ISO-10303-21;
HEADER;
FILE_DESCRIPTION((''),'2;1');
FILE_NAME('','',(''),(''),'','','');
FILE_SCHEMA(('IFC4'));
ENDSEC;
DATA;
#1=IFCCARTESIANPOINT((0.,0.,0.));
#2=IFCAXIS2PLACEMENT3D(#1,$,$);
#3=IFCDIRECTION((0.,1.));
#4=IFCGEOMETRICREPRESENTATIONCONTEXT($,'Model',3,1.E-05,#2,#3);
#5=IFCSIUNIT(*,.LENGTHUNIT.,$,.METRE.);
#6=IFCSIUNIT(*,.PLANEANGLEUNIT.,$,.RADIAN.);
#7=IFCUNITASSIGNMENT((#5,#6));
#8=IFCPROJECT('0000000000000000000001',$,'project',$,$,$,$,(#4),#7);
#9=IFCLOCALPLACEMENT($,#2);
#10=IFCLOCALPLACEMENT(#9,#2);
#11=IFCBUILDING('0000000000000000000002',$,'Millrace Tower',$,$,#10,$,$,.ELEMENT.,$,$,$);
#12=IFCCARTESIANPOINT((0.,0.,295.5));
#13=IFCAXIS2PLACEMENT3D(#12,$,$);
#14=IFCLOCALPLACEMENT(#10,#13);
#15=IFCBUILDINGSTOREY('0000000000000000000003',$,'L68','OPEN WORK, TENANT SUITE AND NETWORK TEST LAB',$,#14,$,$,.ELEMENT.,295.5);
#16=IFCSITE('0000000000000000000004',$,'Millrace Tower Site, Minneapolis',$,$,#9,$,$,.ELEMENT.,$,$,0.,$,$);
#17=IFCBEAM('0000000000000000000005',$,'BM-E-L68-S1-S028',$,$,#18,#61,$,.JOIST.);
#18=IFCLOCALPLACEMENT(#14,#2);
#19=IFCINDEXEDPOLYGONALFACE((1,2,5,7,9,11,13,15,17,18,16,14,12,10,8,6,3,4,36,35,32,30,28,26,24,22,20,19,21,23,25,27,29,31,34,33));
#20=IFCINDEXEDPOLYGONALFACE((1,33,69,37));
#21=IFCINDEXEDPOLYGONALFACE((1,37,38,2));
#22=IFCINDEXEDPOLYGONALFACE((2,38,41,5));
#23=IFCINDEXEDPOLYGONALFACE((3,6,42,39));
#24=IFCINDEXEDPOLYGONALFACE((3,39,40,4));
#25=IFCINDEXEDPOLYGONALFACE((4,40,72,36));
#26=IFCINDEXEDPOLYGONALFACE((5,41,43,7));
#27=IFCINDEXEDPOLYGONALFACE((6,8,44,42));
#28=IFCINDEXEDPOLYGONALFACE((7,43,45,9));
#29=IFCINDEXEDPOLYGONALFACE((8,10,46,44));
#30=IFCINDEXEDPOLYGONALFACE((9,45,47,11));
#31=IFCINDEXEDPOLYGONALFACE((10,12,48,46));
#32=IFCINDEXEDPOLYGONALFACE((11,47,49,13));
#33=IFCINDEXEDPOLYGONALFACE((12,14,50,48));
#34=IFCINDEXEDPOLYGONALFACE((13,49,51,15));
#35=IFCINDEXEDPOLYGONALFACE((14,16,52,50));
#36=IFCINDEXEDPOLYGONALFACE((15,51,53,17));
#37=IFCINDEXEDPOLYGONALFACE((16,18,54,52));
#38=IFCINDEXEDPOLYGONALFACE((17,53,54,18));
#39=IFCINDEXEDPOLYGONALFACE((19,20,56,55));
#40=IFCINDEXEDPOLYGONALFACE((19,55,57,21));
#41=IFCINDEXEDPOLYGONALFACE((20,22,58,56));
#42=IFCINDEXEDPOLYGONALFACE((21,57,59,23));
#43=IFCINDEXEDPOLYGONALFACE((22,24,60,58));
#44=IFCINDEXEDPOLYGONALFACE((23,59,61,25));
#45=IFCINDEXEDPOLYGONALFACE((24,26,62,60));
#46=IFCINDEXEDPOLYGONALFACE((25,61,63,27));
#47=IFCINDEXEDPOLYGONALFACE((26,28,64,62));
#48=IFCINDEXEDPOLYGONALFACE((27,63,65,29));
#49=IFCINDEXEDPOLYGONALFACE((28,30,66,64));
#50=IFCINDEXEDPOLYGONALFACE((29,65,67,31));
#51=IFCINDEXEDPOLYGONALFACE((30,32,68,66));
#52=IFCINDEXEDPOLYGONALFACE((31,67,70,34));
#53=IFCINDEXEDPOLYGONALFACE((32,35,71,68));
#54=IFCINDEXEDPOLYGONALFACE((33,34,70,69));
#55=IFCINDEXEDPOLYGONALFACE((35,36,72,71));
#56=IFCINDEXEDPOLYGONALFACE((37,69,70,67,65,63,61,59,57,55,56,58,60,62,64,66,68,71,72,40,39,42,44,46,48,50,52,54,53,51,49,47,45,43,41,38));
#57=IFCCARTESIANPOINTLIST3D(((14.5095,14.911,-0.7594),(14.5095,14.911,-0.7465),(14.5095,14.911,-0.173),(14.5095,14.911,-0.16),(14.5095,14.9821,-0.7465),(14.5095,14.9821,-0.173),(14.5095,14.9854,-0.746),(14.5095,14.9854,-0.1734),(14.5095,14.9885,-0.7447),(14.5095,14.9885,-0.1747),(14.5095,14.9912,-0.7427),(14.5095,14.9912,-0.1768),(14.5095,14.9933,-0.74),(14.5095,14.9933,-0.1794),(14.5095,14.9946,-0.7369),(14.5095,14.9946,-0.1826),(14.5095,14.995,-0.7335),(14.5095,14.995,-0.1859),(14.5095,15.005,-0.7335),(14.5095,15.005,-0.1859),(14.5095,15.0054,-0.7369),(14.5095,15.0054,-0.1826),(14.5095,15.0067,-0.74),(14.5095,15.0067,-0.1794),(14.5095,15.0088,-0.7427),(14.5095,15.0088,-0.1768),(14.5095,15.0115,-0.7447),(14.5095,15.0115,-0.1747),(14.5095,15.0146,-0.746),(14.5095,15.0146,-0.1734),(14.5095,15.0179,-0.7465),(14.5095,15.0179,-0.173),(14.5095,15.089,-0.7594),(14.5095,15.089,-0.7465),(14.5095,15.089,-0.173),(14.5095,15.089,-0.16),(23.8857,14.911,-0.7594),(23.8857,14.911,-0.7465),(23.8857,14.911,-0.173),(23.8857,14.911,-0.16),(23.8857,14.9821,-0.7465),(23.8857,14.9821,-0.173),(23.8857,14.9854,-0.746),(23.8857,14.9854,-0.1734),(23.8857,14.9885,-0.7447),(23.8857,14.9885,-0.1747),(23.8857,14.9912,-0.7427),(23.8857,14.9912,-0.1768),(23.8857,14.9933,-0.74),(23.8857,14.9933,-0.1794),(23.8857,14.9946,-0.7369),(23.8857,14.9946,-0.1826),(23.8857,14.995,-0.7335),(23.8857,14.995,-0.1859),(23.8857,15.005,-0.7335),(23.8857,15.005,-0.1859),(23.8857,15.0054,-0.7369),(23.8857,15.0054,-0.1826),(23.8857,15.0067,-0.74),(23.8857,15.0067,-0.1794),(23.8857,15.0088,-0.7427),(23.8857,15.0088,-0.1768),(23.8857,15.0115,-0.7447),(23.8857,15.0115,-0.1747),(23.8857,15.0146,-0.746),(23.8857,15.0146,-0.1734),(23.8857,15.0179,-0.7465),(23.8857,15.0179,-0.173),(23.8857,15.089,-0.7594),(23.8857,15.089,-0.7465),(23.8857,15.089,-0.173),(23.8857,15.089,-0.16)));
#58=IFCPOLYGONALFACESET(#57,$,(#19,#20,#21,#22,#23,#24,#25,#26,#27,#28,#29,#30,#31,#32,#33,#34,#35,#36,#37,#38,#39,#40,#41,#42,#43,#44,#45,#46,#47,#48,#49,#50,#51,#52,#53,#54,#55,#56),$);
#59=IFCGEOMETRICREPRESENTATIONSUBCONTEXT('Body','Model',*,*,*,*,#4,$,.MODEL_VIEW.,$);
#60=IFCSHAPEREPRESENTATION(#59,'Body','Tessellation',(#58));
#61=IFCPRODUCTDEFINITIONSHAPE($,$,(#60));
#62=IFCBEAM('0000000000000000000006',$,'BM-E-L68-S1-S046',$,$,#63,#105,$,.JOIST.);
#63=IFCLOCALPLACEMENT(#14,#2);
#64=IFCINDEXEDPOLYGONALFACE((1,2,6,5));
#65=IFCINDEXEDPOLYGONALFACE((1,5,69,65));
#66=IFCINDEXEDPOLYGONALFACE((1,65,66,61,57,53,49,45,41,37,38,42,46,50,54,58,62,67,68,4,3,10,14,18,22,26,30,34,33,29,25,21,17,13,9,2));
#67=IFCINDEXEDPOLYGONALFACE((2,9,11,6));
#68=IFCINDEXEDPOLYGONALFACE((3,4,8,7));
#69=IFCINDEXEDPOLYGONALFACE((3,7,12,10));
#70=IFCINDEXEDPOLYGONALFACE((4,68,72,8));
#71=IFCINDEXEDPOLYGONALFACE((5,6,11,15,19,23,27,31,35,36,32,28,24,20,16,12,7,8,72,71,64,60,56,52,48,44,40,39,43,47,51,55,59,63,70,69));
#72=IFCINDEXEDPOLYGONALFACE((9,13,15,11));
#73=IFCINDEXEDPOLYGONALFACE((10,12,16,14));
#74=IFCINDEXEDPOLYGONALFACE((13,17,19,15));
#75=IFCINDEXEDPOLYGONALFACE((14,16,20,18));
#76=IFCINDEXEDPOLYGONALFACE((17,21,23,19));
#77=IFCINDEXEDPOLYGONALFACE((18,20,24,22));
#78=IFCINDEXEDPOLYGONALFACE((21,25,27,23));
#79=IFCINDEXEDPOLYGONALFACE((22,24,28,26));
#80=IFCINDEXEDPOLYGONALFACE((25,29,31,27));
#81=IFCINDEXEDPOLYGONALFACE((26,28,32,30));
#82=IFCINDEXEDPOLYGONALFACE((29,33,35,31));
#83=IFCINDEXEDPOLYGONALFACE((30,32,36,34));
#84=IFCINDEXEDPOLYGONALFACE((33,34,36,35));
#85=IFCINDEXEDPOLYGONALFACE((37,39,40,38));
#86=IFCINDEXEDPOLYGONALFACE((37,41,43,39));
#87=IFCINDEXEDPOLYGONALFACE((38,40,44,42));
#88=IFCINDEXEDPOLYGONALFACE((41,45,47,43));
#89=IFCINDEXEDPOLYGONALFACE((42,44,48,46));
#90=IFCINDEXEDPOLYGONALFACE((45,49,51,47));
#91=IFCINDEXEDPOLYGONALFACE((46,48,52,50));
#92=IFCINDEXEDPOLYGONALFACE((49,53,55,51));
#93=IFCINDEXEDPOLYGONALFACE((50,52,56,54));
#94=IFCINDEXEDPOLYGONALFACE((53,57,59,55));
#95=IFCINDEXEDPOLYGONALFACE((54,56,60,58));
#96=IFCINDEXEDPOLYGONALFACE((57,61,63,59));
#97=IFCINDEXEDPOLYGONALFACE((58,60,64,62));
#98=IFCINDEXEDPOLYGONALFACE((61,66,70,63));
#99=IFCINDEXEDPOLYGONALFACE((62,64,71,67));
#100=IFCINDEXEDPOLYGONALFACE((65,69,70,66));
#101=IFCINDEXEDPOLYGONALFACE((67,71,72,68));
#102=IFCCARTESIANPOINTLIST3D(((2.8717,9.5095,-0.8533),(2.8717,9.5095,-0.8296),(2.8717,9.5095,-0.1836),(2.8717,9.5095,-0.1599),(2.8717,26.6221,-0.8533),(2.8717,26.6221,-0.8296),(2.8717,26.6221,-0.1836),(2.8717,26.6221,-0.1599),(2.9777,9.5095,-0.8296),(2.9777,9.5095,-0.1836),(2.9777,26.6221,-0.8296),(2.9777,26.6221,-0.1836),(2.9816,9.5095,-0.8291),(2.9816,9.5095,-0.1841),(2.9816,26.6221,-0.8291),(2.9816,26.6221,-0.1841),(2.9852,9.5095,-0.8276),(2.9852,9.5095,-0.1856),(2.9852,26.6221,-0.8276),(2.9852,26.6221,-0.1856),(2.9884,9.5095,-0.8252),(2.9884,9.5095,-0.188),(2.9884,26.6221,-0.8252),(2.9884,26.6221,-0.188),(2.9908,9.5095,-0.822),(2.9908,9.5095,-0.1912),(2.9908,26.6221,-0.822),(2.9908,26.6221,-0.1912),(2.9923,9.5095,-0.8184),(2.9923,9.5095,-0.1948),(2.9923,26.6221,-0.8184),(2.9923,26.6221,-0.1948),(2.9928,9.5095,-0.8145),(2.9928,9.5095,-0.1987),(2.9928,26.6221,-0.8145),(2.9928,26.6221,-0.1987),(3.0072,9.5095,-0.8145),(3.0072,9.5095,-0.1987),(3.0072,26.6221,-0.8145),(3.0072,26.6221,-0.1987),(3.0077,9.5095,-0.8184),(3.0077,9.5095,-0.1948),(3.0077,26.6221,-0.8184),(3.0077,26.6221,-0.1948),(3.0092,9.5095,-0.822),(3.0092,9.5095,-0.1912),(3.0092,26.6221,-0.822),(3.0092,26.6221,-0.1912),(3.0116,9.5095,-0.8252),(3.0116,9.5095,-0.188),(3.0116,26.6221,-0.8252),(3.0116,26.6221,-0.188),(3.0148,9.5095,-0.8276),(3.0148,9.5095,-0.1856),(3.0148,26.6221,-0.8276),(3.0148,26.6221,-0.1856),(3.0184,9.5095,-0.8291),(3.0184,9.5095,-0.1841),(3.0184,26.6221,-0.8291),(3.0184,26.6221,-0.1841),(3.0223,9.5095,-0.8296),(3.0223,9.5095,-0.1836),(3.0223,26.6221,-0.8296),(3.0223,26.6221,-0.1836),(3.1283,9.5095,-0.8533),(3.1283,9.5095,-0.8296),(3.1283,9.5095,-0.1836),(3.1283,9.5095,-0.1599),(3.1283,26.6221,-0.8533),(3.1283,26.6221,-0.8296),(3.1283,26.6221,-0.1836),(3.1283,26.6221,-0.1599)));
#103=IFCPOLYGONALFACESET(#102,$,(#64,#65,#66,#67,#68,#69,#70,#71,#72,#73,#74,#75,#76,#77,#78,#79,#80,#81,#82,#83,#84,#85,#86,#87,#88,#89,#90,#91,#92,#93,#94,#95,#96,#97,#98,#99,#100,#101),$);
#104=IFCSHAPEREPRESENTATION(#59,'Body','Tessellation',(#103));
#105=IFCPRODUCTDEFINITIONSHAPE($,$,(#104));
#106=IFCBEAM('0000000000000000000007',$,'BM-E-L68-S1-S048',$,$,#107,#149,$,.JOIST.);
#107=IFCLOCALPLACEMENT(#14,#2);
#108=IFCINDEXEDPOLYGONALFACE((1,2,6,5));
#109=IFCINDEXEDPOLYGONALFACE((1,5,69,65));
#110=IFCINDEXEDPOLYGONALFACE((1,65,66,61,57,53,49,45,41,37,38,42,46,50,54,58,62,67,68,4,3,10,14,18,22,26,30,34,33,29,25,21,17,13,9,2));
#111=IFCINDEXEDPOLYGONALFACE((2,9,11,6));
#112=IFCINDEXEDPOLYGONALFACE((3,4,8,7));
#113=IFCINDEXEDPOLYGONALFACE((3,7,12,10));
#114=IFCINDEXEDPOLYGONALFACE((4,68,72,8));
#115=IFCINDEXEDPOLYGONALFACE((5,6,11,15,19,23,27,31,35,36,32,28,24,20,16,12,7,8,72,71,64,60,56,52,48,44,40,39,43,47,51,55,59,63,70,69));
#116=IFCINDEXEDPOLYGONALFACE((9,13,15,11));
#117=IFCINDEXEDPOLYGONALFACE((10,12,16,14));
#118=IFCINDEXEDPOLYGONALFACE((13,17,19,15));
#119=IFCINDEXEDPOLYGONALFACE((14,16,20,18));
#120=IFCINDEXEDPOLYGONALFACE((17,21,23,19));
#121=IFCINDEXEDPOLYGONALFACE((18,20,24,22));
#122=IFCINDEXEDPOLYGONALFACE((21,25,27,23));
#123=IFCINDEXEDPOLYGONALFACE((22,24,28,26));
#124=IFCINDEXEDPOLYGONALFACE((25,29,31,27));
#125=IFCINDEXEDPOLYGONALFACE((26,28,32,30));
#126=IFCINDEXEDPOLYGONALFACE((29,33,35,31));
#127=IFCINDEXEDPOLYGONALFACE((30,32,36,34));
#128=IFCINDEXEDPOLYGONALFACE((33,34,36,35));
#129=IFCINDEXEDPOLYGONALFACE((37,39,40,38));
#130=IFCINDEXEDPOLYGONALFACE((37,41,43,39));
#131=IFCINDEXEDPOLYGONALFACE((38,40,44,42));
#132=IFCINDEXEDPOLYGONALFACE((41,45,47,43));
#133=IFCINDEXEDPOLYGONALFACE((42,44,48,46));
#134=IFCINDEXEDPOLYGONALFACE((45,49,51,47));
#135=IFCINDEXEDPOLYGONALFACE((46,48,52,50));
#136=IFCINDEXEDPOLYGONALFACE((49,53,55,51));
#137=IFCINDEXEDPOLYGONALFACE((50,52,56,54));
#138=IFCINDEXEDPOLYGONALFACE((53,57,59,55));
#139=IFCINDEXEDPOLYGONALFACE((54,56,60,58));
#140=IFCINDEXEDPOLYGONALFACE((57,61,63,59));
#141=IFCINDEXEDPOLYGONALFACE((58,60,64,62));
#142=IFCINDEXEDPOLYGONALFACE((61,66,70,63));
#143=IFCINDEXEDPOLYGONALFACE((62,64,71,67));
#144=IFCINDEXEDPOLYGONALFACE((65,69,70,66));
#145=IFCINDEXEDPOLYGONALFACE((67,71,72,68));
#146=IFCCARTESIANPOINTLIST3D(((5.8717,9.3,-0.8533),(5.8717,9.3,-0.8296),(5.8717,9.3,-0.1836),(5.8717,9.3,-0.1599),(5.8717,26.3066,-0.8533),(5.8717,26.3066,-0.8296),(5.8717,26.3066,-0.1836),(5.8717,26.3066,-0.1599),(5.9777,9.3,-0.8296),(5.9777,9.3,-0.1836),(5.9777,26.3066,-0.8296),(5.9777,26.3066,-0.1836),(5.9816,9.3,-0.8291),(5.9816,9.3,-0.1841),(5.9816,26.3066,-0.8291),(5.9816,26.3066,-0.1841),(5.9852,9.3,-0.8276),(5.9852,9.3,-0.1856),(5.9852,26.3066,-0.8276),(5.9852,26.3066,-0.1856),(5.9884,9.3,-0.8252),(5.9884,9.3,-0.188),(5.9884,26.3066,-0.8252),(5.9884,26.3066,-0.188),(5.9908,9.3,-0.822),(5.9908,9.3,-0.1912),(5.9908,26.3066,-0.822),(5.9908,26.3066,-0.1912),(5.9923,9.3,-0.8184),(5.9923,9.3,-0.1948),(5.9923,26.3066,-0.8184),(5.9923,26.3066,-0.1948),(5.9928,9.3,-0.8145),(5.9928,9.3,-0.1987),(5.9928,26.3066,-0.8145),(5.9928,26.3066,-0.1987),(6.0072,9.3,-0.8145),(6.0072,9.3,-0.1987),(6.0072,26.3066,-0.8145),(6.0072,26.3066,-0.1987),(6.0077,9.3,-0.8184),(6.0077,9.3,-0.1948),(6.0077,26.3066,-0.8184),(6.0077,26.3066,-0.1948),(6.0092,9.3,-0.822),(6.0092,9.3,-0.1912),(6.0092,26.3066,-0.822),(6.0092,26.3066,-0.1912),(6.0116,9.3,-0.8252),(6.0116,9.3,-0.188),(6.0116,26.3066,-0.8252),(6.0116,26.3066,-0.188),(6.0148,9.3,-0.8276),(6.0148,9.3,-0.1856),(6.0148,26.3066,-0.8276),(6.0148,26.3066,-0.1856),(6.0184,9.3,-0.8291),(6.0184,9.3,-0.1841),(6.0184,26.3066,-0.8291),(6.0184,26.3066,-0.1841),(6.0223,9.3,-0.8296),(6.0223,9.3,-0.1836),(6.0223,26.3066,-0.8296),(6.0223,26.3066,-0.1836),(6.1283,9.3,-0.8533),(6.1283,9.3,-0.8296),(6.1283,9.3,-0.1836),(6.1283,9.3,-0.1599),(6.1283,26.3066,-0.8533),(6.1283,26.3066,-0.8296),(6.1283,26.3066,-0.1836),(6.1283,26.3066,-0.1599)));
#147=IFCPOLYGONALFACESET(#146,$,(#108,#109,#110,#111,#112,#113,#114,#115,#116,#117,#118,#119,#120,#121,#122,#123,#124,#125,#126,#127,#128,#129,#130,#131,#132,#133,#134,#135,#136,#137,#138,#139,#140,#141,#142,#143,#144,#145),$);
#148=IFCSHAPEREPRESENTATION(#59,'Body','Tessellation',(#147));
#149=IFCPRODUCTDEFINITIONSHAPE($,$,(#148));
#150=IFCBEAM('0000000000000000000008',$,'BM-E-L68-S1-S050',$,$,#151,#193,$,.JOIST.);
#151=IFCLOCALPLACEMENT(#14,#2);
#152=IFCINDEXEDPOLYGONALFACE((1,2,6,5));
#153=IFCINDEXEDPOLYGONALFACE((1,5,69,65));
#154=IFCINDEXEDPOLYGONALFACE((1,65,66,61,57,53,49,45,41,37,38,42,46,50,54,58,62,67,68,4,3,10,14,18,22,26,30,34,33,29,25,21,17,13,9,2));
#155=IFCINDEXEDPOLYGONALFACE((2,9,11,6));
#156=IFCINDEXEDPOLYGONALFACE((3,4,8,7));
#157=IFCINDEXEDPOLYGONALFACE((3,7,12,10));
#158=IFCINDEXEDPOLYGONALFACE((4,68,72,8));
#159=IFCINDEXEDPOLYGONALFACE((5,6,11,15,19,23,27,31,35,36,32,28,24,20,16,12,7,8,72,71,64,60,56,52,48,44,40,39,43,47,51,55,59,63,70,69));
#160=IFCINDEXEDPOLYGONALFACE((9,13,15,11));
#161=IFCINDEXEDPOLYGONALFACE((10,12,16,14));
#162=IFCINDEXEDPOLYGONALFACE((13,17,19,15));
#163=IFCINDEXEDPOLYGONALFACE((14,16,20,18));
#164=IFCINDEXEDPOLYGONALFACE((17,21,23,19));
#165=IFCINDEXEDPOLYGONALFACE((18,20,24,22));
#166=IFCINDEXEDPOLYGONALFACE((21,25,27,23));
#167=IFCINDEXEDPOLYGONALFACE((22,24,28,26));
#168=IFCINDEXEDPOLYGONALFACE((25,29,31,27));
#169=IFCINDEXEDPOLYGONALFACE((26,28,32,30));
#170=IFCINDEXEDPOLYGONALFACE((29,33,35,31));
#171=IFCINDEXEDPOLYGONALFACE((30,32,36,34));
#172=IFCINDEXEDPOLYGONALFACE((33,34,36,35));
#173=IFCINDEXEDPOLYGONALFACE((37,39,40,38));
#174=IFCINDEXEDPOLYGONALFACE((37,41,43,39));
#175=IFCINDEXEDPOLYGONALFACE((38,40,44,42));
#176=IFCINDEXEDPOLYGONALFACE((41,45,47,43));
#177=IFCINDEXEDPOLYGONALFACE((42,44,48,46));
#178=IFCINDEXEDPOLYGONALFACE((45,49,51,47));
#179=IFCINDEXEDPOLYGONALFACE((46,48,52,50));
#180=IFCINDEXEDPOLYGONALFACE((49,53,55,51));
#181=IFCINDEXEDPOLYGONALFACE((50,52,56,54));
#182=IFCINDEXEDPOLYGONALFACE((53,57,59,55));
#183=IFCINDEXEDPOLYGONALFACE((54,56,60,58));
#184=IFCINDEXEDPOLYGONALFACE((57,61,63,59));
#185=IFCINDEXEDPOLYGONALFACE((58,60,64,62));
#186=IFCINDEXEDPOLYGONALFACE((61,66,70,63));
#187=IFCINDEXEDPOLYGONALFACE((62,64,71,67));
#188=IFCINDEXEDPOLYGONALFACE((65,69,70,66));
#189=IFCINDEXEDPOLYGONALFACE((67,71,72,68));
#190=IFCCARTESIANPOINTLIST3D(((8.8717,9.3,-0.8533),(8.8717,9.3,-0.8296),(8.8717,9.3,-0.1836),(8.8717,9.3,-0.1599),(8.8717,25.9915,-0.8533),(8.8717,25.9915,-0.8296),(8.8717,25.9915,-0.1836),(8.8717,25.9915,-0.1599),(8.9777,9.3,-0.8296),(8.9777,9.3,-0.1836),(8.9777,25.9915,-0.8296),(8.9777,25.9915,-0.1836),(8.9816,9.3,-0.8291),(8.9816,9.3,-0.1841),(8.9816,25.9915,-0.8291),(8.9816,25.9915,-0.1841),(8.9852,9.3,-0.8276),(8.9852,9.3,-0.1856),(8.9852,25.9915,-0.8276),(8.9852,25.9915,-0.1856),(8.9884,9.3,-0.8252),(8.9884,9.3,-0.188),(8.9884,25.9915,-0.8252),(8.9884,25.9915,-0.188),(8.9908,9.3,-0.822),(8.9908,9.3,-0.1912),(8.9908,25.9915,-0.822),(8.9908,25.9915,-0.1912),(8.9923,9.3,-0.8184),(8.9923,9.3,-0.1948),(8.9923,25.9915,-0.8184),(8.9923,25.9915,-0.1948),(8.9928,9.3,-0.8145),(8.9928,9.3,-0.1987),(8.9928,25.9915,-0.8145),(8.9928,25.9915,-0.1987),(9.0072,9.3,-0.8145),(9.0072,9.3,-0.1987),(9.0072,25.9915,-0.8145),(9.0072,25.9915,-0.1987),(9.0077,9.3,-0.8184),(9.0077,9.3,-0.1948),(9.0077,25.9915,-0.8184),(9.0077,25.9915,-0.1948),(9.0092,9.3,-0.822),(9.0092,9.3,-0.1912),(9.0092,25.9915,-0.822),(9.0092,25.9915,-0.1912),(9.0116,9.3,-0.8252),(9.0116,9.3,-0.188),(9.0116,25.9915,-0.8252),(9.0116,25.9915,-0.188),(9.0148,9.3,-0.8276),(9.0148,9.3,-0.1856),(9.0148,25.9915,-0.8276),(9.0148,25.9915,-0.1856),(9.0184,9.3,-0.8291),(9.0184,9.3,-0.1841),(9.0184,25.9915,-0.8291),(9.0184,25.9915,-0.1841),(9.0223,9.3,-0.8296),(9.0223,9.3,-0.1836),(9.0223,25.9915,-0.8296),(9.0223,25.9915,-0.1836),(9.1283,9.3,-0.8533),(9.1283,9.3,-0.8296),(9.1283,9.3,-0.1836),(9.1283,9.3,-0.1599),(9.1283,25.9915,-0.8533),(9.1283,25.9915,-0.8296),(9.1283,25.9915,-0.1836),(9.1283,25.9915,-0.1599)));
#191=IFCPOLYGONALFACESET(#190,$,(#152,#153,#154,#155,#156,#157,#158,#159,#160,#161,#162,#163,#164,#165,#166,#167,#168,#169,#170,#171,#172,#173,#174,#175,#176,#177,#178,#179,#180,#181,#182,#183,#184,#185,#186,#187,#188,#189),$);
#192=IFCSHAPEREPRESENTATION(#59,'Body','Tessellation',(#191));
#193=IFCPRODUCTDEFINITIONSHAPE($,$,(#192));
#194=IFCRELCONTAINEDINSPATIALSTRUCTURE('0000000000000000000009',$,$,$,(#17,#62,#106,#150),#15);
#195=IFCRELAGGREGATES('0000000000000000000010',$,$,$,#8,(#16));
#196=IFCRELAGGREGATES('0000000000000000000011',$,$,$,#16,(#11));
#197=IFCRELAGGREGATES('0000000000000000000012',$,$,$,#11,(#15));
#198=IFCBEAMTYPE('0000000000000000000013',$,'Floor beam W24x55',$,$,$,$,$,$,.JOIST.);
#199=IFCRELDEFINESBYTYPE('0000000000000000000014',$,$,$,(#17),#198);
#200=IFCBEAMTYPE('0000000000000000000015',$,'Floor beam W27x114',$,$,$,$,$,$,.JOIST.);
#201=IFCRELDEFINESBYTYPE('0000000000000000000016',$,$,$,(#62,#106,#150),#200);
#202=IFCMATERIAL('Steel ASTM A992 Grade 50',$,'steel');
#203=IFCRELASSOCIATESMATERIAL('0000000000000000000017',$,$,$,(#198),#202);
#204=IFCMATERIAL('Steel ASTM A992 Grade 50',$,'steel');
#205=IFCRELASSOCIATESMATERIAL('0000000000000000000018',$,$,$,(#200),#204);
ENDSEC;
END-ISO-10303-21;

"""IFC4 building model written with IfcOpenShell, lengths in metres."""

from ifc_helpers import new_model, si_unit, direction, frame, origin, origin_2d, place, context, subcontext, project, spatial, i_section, extrude, material, material_profile, profile_set, type_object, element, save


model = new_model("IFC4")

# Units and contexts
model_context = context("Model", 3, precision=1e-05, world=origin(), true_north=direction((0.0, 1.0)))
body_context = subcontext(model_context, "Body", "Model", "MODEL_VIEW")
ifc_project = project(units=[si_unit("LENGTHUNIT", "METRE"), si_unit("PLANEANGLEUNIT", "RADIAN")], contexts=[model_context])

# Site, building, storey
site_placement = place(None, origin())
site = spatial("IfcSite", under=ifc_project, at=site_placement, Name="Millrace Tower Site, Minneapolis", CompositionType="ELEMENT", RefElevation=0.0)
building_placement = place(site_placement, origin())
building = spatial("IfcBuilding", under=site, at=building_placement, Name="Millrace Tower", CompositionType="ELEMENT")
storey_placement = place(building_placement, frame((0.0, 0.0, 295.5)))
storey = spatial("IfcBuildingStorey", under=building, at=storey_placement, Name="L68", Description="OPEN WORK, TENANT SUITE AND NETWORK TEST LAB", CompositionType="ELEMENT", Elevation=295.5)

# Beams
ifc_material_1 = material(Name="Steel ASTM A992 Grade 50", Category="steel")
ifc_material_profile_1 = material_profile(ifc_material_1, i_section(OverallWidth=0.178, OverallDepth=0.5994, WebThickness=0.01, FlangeThickness=0.0129, FilletRadius=0.0129, at=origin_2d()))
ifc_profile_set_1 = profile_set([ifc_material_profile_1], Name="Steel ASTM A992 Grade 50")
beam_type_1 = type_object("IfcBeamType", Name="Floor beam W24x55", PredefinedType="JOIST", material=ifc_profile_set_1)
beam_1_placement = place(storey_placement, frame((14.5095, 15.0, -0.4597), z_axis=(1.0, 0.0, 0.0), x_axis=(0.0, 1.0, 0.0)))
element("IfcBeam", 1, at=beam_1_placement, inside=storey, type_object=beam_type_1, Name="BM-E-L68-S1-S028", PredefinedType="JOIST", context=body_context, shape_type="SweptSolid", body=[
    extrude(i_section(OverallWidth=0.178, OverallDepth=0.5994, WebThickness=0.01, FlangeThickness=0.0129, FilletRadius=0.0129, at=origin_2d()), origin(), (0.0, 0.0, 1.0), 9.3762),
])
ifc_material_2 = material(Name="Steel ASTM A992 Grade 50", Category="steel")
ifc_material_profile_2 = material_profile(ifc_material_2, i_section(OverallWidth=0.2566, OverallDepth=0.6934, WebThickness=0.0144, FlangeThickness=0.0237, FilletRadius=0.0151, at=origin_2d()))
ifc_profile_set_2 = profile_set([ifc_material_profile_2], Name="Steel ASTM A992 Grade 50")
beam_type_2 = type_object("IfcBeamType", Name="Floor beam W27x114", PredefinedType="JOIST", material=ifc_profile_set_2)
beam_2_placement = place(storey_placement, frame((3.0, 9.5095, -0.5066), z_axis=(0.0, 1.0, 0.0), x_axis=(-1.0, 0.0, 0.0)))
element("IfcBeam", 2, at=beam_2_placement, inside=storey, type_object=beam_type_2, Name="BM-E-L68-S1-S046", PredefinedType="JOIST", context=body_context, shape_type="SweptSolid", body=[
    extrude(i_section(OverallWidth=0.2566, OverallDepth=0.6934, WebThickness=0.0144, FlangeThickness=0.0237, FilletRadius=0.0151, at=origin_2d()), origin(), (0.0, 0.0, 1.0), 17.1125),
])
beam_3_placement = place(storey_placement, frame((6.0, 9.3, -0.5066), z_axis=(0.0, 1.0, 0.0), x_axis=(-1.0, 0.0, 0.0)))
element("IfcBeam", 3, at=beam_3_placement, inside=storey, type_object=beam_type_2, Name="BM-E-L68-S1-S048", PredefinedType="JOIST", context=body_context, shape_type="SweptSolid", body=[
    extrude(i_section(OverallWidth=0.2566, OverallDepth=0.6934, WebThickness=0.0144, FlangeThickness=0.0237, FilletRadius=0.0151, at=origin_2d()), origin(), (0.0, 0.0, 1.0), 17.0066),
])
beam_4_placement = place(storey_placement, frame((9.0, 9.3, -0.5066), z_axis=(0.0, 1.0, 0.0), x_axis=(-1.0, 0.0, 0.0)))
element("IfcBeam", 4, at=beam_4_placement, inside=storey, type_object=beam_type_2, Name="BM-E-L68-S1-S050", PredefinedType="JOIST", context=body_context, shape_type="SweptSolid", body=[
    extrude(i_section(OverallWidth=0.2566, OverallDepth=0.6934, WebThickness=0.0144, FlangeThickness=0.0237, FilletRadius=0.0151, at=origin_2d()), origin(), (0.0, 0.0, 1.0), 16.6914),
])

save(model, "model.ifc")
